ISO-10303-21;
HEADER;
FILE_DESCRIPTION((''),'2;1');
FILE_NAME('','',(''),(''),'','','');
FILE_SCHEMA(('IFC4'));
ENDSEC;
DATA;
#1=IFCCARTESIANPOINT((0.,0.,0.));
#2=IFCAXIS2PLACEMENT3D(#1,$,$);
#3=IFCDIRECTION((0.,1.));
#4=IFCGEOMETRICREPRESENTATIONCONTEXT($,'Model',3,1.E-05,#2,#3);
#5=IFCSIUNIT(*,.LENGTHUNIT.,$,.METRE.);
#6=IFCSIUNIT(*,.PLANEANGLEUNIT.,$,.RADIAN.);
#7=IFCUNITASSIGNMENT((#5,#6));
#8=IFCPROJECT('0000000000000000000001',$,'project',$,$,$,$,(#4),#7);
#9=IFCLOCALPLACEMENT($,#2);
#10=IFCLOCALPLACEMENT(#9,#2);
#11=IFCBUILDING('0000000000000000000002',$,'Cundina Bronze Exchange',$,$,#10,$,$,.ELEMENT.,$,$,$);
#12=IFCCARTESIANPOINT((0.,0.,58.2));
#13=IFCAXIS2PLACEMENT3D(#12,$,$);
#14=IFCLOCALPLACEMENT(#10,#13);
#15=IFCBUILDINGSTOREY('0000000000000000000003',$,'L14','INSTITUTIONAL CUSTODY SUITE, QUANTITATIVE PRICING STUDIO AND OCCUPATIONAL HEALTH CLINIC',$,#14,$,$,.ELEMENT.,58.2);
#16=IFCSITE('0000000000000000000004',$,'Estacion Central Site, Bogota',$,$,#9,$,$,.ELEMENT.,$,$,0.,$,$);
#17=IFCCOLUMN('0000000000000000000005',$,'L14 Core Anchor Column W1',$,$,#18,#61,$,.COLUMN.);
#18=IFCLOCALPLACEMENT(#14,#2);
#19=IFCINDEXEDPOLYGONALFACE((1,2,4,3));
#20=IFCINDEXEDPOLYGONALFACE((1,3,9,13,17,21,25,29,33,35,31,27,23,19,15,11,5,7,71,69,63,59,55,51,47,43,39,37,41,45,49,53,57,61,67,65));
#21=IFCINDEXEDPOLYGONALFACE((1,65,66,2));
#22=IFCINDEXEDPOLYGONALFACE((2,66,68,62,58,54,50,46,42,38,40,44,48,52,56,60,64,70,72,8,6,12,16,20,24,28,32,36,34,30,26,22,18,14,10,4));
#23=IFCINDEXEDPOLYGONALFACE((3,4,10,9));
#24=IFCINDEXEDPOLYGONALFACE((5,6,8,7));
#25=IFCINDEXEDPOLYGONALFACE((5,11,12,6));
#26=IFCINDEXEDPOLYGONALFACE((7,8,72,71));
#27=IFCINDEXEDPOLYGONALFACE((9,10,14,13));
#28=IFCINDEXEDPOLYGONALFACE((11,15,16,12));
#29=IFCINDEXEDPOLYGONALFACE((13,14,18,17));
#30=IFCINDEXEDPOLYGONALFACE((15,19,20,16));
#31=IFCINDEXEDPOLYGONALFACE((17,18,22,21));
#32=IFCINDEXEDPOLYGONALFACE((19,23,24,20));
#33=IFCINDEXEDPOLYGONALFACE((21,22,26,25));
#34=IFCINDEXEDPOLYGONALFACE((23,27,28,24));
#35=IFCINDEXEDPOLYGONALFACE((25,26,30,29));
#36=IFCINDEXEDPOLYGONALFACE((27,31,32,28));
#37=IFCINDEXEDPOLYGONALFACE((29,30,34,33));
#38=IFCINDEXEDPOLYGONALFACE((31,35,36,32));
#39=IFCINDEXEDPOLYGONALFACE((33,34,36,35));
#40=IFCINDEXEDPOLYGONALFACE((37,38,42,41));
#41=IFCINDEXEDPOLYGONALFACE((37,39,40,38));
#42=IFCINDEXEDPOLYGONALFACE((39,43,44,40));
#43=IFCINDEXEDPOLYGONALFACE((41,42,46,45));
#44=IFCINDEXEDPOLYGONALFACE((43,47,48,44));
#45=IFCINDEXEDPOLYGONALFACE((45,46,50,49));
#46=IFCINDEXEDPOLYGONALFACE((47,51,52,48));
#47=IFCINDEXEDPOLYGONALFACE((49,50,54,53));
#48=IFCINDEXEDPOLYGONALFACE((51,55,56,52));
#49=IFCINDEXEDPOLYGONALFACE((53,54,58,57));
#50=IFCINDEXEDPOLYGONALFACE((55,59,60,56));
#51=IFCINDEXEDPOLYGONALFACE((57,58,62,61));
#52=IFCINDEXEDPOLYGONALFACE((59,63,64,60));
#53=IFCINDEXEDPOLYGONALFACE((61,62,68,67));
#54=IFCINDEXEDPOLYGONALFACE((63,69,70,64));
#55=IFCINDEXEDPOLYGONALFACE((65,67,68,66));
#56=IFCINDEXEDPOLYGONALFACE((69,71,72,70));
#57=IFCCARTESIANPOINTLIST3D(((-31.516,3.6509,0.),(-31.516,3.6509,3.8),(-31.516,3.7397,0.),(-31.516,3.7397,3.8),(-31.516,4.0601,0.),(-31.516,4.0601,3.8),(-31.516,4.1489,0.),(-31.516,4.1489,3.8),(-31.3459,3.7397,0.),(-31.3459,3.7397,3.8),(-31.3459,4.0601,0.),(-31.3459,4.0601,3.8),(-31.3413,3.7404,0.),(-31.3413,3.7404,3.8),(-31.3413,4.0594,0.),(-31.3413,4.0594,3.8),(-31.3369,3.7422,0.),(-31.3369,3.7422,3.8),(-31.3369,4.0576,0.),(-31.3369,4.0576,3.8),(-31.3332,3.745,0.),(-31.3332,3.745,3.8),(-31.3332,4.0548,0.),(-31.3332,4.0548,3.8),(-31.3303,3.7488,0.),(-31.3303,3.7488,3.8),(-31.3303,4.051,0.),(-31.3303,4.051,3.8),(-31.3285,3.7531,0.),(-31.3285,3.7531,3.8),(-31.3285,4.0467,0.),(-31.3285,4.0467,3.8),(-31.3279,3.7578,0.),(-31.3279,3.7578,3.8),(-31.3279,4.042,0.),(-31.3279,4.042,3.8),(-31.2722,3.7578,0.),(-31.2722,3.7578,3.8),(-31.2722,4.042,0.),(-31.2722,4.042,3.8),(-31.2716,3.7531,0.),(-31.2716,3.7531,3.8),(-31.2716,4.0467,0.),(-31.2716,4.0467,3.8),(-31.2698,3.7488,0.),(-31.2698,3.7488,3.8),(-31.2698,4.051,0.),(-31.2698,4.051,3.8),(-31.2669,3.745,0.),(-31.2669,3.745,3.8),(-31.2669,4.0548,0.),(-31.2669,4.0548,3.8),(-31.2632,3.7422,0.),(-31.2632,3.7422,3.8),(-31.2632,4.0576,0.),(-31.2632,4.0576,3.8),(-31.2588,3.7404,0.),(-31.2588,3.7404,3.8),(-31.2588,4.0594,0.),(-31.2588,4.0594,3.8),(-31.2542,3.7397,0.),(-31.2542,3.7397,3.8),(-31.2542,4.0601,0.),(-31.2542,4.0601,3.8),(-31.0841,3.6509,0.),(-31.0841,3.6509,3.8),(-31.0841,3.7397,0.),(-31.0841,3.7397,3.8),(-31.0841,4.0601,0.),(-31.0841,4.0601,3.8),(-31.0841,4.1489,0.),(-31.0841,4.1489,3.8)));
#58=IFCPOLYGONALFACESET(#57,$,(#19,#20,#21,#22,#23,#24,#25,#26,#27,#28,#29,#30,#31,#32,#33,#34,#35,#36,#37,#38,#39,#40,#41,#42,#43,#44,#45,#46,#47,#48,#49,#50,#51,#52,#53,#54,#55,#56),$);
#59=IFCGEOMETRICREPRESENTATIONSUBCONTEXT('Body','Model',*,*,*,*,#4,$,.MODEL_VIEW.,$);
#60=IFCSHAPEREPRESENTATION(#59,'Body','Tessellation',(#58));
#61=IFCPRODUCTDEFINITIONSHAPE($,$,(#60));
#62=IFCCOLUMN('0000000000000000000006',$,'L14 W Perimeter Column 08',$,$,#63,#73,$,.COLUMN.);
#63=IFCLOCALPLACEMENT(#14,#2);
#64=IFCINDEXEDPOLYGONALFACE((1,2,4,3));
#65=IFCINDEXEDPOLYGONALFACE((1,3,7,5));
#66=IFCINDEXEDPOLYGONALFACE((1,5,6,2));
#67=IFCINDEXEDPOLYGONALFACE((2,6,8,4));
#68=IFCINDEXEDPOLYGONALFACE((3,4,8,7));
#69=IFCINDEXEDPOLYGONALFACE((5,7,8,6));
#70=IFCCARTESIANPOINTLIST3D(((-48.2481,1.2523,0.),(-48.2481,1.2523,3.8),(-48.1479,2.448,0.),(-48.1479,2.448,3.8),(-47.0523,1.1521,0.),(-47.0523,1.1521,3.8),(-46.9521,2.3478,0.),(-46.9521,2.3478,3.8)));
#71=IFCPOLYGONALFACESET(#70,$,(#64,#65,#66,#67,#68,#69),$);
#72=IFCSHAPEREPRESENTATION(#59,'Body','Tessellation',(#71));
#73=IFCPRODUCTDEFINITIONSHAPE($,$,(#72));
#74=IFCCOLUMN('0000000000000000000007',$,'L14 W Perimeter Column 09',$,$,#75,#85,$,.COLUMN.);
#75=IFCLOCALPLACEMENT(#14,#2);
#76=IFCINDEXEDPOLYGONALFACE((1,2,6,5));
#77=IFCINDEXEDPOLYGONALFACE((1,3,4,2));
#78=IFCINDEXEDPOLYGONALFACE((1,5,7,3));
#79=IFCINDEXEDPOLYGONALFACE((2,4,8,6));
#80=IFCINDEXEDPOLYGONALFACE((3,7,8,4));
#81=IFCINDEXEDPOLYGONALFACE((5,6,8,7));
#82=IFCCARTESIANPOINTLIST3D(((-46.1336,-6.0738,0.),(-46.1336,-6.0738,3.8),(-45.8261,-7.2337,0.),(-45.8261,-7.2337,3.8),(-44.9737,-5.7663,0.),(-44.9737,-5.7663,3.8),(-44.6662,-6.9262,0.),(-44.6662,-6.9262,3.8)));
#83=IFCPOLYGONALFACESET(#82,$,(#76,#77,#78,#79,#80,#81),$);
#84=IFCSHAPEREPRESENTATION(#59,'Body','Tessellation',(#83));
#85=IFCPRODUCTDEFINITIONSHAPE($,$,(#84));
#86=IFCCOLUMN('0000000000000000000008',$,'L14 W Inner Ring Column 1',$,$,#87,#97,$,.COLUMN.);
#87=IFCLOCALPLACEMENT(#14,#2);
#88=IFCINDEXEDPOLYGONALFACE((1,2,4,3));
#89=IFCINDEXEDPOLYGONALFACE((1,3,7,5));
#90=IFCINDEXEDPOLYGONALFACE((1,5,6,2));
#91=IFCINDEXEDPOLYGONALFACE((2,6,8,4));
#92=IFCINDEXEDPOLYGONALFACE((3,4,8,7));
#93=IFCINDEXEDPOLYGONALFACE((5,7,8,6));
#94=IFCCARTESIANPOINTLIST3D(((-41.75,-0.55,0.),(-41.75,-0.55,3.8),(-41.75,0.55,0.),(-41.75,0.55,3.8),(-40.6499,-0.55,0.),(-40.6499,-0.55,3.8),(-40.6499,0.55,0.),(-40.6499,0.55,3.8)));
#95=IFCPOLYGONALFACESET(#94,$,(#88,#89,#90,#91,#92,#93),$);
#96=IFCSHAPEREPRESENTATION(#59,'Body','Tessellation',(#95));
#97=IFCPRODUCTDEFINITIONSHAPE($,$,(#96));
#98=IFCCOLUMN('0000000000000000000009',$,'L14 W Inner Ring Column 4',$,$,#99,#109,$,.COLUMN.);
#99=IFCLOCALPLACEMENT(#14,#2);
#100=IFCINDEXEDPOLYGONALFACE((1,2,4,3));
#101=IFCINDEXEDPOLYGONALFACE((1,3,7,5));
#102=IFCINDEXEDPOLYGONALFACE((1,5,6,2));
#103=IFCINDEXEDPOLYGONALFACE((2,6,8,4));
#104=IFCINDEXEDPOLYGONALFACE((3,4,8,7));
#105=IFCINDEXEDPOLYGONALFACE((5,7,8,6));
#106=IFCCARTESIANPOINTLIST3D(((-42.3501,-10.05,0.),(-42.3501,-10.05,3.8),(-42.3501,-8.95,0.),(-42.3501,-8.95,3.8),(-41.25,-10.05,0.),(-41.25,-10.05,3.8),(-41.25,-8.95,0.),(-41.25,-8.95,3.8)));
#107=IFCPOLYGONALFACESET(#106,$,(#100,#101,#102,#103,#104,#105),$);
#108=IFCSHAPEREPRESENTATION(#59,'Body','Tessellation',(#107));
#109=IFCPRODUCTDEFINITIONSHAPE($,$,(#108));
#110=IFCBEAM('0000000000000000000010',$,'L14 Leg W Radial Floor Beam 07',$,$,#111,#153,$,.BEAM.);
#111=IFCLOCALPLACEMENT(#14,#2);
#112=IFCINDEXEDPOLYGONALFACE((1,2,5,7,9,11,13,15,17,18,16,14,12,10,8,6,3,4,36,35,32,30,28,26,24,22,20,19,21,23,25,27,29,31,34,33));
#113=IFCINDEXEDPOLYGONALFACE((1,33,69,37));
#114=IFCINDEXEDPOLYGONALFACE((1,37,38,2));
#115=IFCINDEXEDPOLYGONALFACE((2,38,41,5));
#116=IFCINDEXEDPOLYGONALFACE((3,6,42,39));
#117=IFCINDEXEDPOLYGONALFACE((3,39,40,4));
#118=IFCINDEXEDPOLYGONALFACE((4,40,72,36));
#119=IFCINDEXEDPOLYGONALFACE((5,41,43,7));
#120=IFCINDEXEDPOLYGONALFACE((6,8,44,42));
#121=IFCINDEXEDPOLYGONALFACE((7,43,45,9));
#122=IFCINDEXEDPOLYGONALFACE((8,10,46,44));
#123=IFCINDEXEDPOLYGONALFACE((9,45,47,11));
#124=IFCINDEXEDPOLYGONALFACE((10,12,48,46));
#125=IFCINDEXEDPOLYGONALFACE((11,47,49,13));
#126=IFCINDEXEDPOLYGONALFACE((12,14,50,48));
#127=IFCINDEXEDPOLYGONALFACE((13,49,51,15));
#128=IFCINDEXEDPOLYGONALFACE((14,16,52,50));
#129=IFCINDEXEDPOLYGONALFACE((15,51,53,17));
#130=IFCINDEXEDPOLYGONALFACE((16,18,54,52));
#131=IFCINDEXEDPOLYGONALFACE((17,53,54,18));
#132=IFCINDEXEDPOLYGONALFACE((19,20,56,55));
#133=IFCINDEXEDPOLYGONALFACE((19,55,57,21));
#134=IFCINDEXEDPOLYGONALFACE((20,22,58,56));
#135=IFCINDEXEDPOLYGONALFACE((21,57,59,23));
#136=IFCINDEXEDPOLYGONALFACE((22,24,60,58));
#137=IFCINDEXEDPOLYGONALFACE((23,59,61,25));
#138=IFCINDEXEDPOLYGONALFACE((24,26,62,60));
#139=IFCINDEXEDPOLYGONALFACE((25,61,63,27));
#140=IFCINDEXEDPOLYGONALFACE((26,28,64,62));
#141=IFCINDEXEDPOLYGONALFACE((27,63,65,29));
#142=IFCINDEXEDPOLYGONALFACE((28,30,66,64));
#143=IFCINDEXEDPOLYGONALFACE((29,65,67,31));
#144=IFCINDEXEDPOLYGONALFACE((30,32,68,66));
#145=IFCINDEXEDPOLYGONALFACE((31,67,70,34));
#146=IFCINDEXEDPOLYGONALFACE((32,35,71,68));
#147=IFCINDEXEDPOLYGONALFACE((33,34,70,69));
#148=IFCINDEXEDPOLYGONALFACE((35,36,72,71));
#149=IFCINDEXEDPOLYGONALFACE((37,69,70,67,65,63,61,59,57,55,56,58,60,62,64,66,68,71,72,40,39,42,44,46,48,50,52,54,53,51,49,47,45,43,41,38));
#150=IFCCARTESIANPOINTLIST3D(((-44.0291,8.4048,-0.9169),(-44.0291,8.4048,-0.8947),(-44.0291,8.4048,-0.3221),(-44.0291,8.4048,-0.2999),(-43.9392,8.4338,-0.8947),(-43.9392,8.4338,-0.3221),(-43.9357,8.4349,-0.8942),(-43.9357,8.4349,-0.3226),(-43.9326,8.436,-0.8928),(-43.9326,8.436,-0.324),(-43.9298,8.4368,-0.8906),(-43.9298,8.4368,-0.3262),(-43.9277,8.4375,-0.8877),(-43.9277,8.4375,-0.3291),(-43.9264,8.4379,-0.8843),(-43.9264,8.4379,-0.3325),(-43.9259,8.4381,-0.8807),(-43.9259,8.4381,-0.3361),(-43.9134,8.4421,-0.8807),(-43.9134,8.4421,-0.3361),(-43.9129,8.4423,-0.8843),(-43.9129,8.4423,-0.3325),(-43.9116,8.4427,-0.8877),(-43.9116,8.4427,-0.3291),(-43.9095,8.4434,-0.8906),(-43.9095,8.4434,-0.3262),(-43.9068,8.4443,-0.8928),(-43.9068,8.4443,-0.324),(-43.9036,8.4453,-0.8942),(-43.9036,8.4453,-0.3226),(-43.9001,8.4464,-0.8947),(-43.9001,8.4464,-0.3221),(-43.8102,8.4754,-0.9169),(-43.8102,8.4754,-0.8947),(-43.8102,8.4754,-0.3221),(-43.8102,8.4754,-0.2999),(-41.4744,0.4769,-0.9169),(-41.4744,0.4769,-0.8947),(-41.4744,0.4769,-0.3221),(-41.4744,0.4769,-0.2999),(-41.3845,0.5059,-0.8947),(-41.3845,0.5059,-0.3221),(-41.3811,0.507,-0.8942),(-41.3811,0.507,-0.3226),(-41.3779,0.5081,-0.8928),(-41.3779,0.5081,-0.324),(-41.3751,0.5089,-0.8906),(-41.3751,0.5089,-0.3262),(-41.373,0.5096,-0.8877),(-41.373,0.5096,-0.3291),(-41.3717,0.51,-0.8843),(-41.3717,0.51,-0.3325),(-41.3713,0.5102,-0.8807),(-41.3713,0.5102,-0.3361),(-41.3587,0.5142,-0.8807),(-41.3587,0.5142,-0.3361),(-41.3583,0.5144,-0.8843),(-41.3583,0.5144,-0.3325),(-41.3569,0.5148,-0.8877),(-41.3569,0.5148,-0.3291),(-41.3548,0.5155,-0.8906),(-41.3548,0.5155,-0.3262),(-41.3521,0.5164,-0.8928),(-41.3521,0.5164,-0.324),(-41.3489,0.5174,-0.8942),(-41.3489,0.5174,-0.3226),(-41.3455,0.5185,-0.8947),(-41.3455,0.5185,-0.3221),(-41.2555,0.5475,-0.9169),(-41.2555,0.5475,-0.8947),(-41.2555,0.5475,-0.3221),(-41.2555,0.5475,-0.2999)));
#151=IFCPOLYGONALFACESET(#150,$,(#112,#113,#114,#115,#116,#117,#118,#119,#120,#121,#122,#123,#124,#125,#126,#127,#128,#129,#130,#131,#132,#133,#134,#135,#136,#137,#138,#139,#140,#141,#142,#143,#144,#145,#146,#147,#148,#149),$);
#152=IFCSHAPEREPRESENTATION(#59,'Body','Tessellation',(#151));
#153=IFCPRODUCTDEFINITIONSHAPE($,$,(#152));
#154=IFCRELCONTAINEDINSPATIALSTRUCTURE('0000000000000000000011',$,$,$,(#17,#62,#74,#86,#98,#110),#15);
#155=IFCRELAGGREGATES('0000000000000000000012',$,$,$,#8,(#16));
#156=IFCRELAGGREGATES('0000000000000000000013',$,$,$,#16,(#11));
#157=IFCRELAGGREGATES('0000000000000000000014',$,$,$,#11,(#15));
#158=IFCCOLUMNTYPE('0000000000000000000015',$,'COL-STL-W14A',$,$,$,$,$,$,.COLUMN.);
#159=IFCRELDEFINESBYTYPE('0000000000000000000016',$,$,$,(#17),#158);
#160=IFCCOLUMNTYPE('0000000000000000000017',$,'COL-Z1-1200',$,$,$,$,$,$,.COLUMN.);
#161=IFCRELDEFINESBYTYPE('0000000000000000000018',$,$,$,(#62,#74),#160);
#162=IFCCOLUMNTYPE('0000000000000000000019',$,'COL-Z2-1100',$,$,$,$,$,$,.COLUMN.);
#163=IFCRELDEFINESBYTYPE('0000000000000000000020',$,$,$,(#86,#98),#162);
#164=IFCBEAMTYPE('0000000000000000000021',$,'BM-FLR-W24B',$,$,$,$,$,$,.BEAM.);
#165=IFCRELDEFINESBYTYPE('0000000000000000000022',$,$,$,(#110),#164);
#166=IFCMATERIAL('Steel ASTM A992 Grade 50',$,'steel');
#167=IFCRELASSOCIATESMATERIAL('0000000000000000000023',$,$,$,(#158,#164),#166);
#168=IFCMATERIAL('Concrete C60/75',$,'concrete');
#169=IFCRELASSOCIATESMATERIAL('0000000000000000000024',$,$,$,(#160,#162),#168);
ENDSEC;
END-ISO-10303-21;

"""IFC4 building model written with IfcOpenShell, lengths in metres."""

from ifc_helpers import new_model, si_unit, direction, frame, origin, origin_2d, place, context, subcontext, project, spatial, rectangle, i_section, extrude, material, material_profile, profile_set, type_object, element, save


model = new_model("IFC4")

# Units and contexts
model_context = context("Model", 3, precision=1e-05, world=origin(), true_north=direction((0.0, 1.0)))
body_context = subcontext(model_context, "Body", "Model", "MODEL_VIEW")
ifc_project = project(units=[si_unit("LENGTHUNIT", "METRE"), si_unit("PLANEANGLEUNIT", "RADIAN")], contexts=[model_context])

# Site, building, storey
site_placement = place(None, origin())
site = spatial("IfcSite", under=ifc_project, at=site_placement, Name="Estacion Central Site, Bogota", CompositionType="ELEMENT", RefElevation=0.0)
building_placement = place(site_placement, origin())
building = spatial("IfcBuilding", under=site, at=building_placement, Name="Cundina Bronze Exchange", CompositionType="ELEMENT")
storey_placement = place(building_placement, frame((0.0, 0.0, 58.2)))
storey = spatial("IfcBuildingStorey", under=building, at=storey_placement, Name="L14", Description="INSTITUTIONAL CUSTODY SUITE, QUANTITATIVE PRICING STUDIO AND OCCUPATIONAL HEALTH CLINIC", CompositionType="ELEMENT", Elevation=58.2)

# Columns
ifc_material_1 = material(Name="Steel ASTM A992 Grade 50", Category="steel")
ifc_material_profile_1 = material_profile(ifc_material_1, i_section(OverallWidth=0.4319, OverallDepth=0.498, WebThickness=0.0557, FlangeThickness=0.0889, FilletRadius=0.0181, at=origin_2d()), Name="W14X500", Category="steel")
ifc_profile_set_1 = profile_set([ifc_material_profile_1], Name="Steel ASTM A992 Grade 50")
column_type_1 = type_object("IfcColumnType", Name="COL-STL-W14A", PredefinedType="COLUMN", material=ifc_profile_set_1)
column_placement = place(storey_placement, frame((-31.3, 3.8999, 0.0), z_axis=(0.0, 0.0, 1.0), x_axis=(1.0, 0.0, 0.0)))
element("IfcColumn", 1, at=column_placement, inside=storey, type_object=column_type_1, Name="L14 Core Anchor Column W1", PredefinedType="COLUMN", context=body_context, shape_type="SweptSolid", body=[
    extrude(i_section(OverallWidth=0.4319, OverallDepth=0.498, WebThickness=0.0557, FlangeThickness=0.0889, FilletRadius=0.0181, at=origin_2d()), origin(), (0.0, 0.0, 1.0), 3.8),
])
ifc_material_2 = material(Name="Concrete C60/75", Category="concrete")
ifc_material_profile_2 = material_profile(ifc_material_2, rectangle(XDim=1.2, YDim=1.2, at=origin_2d()), Name="RC1200X1200", Category="concrete")
ifc_profile_set_2 = profile_set([ifc_material_profile_2], Name="Concrete C60/75")
column_type_2 = type_object("IfcColumnType", Name="COL-Z1-1200", PredefinedType="COLUMN", material=ifc_profile_set_2)
for number, where, z_axis, x_axis, name in (
    (2, (-47.6001, 1.8, 0.0), (0.0, 0.0, 1.0), (-0.083504, -0.996507, 0.0), "L14 W Perimeter Column 08"),
    (3, (-45.3999, -6.5, 0.0), (0.0, 0.0, 1.0), (0.256289, -0.9666, 0.0), "L14 W Perimeter Column 09"),
):
    element("IfcColumn", number, at=place(storey_placement, frame(where, z_axis=z_axis, x_axis=x_axis)), inside=storey, type_object=column_type_2, Name=name, PredefinedType="COLUMN", context=body_context, shape_type="SweptSolid", body=[
        extrude(rectangle(XDim=1.2, YDim=1.2, at=origin_2d()), origin(), (0.0, 0.0, 1.0), 3.8),
    ])
ifc_material_profile_3 = material_profile(ifc_material_2, rectangle(XDim=1.1001, YDim=1.1001, at=origin_2d()), Name="RC1100X1100", Category="concrete")
ifc_profile_set_3 = profile_set([ifc_material_profile_3], Name="Concrete C60/75")
column_type_3 = type_object("IfcColumnType", Name="COL-Z2-1100", PredefinedType="COLUMN", material=ifc_profile_set_3)
for number, where, z_axis, x_axis, name in (
    (4, (-41.2, 0.0, 0.0), (0.0, 0.0, 1.0), (1.0, 0.0, 0.0), "L14 W Inner Ring Column 1"),
    (5, (-41.8, -9.5, 0.0), (0.0, 0.0, 1.0), (1.0, 0.0, 0.0), "L14 W Inner Ring Column 4"),
):
    element("IfcColumn", number, at=place(storey_placement, frame(where, z_axis=z_axis, x_axis=x_axis)), inside=storey, type_object=column_type_3, Name=name, PredefinedType="COLUMN", context=body_context, shape_type="SweptSolid", body=[
        extrude(rectangle(XDim=1.1001, YDim=1.1001, at=origin_2d()), origin(), (0.0, 0.0, 1.0), 3.8),
    ])

# Beam
ifc_material_profile_4 = material_profile(ifc_material_1, i_section(OverallWidth=0.23, OverallDepth=0.6169, WebThickness=0.0132, FlangeThickness=0.0222, FilletRadius=0.0139, at=origin_2d()), Name="W24X94", Category="steel")
ifc_profile_set_4 = profile_set([ifc_material_profile_4], Name="Steel ASTM A992 Grade 50")
beam_type_1 = type_object("IfcBeamType", Name="BM-FLR-W24B", PredefinedType="BEAM", material=ifc_profile_set_4)
beam_1_placement = place(storey_placement, frame((-41.365, 0.5122, -0.6084), z_axis=(-0.306706, 0.951804, 0.0), x_axis=(-0.951804, -0.306706, 0.0)))
element("IfcBeam", 6, at=beam_1_placement, inside=storey, type_object=beam_type_1, Name="L14 Leg W Radial Floor Beam 07", PredefinedType="BEAM", context=body_context, shape_type="SweptSolid", body=[
    extrude(i_section(OverallWidth=0.23, OverallDepth=0.6169, WebThickness=0.0132, FlangeThickness=0.0222, FilletRadius=0.0139, at=origin_2d()), origin(), (0.0, 0.0, 1.0), 8.3293),
])

save(model, "model.ifc")
